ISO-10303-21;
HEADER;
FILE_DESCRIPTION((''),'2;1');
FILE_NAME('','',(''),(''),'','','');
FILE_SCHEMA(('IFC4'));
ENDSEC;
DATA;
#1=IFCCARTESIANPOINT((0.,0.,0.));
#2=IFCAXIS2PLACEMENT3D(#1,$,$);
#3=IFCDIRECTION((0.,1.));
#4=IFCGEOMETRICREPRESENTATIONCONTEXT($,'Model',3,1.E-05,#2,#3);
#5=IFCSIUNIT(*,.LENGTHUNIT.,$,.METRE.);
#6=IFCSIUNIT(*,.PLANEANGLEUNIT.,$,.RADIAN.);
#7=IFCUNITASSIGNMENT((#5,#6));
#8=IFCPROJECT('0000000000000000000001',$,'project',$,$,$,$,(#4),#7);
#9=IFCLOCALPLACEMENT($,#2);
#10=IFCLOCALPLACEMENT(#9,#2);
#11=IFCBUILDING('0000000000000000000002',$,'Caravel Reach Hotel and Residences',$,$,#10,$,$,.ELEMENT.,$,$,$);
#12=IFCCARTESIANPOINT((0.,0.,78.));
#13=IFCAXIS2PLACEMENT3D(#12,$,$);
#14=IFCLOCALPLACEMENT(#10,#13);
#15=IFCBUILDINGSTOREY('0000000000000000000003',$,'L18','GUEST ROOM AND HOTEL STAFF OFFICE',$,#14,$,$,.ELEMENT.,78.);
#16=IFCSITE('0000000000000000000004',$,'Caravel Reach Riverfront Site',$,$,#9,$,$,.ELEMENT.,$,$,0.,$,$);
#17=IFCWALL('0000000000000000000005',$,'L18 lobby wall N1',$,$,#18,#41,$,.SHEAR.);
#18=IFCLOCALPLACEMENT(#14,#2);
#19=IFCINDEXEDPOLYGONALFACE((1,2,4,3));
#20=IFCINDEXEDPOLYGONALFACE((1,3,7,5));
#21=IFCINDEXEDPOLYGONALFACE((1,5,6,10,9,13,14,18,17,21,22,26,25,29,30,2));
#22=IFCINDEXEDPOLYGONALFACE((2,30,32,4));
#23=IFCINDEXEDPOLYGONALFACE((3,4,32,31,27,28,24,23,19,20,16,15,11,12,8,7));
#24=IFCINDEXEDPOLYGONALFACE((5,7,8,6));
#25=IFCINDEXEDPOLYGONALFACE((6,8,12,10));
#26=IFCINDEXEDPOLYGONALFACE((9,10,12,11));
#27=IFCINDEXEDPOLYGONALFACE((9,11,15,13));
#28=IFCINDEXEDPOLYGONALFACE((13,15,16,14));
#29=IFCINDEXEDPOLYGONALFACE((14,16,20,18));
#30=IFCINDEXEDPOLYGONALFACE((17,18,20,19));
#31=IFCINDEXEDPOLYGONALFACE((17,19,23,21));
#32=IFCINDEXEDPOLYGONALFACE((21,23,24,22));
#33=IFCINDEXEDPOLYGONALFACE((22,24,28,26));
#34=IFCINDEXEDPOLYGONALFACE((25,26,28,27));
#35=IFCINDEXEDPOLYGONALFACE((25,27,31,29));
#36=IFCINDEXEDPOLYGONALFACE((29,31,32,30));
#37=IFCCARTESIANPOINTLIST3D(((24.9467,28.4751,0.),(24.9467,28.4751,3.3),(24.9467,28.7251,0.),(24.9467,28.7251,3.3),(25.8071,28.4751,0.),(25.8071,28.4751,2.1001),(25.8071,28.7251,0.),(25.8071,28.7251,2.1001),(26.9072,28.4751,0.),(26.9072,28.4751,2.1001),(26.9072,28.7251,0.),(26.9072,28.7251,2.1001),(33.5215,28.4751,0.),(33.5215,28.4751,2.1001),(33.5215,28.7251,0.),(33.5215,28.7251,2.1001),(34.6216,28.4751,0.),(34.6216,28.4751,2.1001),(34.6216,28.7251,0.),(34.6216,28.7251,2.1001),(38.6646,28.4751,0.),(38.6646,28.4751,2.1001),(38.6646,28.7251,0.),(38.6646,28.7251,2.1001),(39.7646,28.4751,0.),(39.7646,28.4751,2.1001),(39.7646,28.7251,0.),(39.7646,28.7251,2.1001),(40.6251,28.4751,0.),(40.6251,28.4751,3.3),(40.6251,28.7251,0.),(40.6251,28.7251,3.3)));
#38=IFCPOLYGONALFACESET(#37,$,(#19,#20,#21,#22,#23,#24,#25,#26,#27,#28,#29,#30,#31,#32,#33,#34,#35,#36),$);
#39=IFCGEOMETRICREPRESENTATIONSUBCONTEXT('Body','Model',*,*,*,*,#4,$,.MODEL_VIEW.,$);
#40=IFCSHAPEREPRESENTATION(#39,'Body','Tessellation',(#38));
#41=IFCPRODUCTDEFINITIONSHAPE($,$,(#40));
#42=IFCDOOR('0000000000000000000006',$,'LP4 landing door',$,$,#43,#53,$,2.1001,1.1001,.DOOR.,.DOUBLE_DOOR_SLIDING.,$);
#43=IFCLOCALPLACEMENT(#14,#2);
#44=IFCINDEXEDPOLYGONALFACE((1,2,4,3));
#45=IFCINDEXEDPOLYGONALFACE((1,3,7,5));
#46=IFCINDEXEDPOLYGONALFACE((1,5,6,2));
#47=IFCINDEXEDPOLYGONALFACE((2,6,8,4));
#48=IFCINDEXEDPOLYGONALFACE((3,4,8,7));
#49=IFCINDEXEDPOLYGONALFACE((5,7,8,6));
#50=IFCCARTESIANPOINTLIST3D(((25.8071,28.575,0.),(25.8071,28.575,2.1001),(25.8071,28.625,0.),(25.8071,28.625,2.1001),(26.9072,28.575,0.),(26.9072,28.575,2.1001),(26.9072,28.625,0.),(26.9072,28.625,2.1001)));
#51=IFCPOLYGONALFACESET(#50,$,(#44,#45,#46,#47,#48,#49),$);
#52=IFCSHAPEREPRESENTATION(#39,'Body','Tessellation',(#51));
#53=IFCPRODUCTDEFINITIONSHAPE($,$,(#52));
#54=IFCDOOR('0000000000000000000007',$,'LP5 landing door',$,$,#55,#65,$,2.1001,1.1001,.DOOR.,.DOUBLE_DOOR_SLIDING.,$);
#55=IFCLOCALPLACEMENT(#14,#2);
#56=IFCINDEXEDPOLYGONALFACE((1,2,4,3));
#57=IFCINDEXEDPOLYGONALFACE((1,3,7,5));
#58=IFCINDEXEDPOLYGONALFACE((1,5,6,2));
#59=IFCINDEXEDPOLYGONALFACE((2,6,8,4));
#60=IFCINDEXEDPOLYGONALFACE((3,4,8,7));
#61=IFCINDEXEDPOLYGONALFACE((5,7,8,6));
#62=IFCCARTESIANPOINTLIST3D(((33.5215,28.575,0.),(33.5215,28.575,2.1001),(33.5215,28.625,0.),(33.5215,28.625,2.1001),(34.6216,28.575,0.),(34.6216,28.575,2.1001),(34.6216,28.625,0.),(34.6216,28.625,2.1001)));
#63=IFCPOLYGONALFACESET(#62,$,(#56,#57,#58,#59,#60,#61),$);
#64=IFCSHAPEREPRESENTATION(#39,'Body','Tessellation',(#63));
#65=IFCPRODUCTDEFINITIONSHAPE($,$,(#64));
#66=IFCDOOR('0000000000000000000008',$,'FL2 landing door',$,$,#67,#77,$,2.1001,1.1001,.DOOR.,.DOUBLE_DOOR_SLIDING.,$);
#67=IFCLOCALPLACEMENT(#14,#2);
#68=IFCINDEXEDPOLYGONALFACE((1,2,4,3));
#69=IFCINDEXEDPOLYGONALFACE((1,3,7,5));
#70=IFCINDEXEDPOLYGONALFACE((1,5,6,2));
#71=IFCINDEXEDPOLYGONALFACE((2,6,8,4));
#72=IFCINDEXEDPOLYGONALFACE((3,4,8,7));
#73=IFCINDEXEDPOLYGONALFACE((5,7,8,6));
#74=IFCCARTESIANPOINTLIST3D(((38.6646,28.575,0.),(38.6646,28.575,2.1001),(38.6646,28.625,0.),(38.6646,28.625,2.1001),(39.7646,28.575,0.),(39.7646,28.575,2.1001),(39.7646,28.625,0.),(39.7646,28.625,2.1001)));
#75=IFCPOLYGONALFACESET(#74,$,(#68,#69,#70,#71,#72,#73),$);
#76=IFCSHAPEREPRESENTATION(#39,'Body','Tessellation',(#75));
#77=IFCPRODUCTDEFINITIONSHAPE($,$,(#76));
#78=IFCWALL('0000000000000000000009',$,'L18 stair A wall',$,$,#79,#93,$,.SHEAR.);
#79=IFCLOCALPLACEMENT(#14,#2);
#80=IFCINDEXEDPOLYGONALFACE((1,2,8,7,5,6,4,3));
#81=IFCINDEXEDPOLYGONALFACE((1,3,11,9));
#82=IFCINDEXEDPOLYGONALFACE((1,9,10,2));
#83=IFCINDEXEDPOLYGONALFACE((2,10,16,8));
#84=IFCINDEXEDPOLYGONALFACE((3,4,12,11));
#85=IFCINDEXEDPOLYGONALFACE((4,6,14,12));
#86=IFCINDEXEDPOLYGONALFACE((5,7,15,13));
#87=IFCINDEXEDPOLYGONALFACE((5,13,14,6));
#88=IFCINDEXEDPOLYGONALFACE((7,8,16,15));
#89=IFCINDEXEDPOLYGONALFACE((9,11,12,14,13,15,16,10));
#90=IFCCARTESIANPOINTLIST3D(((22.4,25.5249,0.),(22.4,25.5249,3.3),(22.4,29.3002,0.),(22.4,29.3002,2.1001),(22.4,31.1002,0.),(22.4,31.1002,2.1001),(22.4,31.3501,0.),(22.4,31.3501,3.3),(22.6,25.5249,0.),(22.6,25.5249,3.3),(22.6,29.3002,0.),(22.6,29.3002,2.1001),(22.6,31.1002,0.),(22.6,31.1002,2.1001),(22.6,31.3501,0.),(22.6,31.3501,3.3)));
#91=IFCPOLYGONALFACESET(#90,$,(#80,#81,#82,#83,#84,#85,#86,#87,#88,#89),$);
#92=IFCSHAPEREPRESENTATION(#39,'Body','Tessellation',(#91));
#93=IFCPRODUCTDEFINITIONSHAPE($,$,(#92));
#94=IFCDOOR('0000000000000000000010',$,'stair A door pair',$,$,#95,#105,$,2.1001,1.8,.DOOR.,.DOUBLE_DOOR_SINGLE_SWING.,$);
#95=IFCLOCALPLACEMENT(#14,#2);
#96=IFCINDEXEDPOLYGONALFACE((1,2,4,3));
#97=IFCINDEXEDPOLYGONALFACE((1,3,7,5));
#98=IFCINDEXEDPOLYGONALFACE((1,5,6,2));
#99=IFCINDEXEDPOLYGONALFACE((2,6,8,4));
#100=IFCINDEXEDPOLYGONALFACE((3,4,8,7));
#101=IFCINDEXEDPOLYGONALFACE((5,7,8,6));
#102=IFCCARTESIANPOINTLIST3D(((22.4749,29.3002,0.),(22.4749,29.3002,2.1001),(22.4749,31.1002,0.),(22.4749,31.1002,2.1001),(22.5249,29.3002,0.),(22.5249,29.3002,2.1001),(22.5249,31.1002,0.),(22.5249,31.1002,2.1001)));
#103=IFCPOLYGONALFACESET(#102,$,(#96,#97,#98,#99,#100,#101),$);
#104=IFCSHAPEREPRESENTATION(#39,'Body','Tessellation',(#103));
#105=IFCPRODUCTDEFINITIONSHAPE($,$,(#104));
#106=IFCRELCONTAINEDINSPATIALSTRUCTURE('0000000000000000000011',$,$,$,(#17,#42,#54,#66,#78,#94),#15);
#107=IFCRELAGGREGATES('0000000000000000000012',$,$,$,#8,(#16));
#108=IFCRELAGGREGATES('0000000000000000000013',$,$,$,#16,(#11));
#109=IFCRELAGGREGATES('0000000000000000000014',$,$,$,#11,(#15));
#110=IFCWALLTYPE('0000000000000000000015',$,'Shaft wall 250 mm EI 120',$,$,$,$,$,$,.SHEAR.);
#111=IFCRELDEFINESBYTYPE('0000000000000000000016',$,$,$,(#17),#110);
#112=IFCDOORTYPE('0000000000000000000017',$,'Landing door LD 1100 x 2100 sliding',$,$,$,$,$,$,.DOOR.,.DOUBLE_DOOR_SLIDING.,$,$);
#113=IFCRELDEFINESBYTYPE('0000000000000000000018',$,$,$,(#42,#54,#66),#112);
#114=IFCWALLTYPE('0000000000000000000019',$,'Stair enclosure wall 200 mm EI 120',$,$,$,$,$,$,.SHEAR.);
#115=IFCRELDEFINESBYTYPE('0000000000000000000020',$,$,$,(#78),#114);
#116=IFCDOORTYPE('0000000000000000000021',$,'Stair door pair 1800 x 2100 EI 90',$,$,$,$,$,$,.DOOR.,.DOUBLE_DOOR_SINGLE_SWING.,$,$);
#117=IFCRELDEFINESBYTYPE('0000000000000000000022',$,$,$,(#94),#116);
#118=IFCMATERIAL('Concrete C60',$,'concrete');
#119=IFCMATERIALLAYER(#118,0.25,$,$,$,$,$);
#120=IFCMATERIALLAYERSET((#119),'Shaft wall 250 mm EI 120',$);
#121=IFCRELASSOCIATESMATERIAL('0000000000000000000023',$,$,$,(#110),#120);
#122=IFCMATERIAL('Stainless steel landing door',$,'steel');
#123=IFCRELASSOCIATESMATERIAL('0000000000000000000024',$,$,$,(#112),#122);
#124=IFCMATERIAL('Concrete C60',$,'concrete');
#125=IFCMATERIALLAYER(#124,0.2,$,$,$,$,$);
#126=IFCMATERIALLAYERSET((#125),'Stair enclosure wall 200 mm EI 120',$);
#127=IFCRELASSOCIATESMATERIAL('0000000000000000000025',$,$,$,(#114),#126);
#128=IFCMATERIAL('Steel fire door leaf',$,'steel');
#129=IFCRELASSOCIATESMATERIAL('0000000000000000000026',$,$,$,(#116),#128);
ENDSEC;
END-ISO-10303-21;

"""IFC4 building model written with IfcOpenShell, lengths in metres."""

from ifc_helpers import new_model, si_unit, direction, frame, frame_2d, origin, place, context, subcontext, project, spatial, rectangle, extrude, material, layer, layer_set, type_object, element, fill, save


model = new_model("IFC4")

# Units and contexts
model_context = context("Model", 3, precision=1e-05, world=origin(), true_north=direction((0.0, 1.0)))
body_context = subcontext(model_context, "Body", "Model", "MODEL_VIEW")
ifc_project = project(units=[si_unit("LENGTHUNIT", "METRE"), si_unit("PLANEANGLEUNIT", "RADIAN")], contexts=[model_context])

# Site, building, storey
site_placement = place(None, origin())
site = spatial("IfcSite", under=ifc_project, at=site_placement, Name="Caravel Reach Riverfront Site", CompositionType="ELEMENT", RefElevation=0.0)
building_placement = place(site_placement, origin())
building = spatial("IfcBuilding", under=site, at=building_placement, Name="Caravel Reach Hotel and Residences", CompositionType="ELEMENT")
storey_placement = place(building_placement, frame((0.0, 0.0, 78.0)))
storey = spatial("IfcBuildingStorey", under=building, at=storey_placement, Name="L18", Description="GUEST ROOM AND HOTEL STAFF OFFICE", CompositionType="ELEMENT", Elevation=78.0)

# Wall, openings, doors
ifc_material_1 = material(Name="Concrete C60", Category="concrete")
ifc_layer_1 = layer(ifc_material_1, 0.25)
ifc_layer_set_1 = layer_set([ifc_layer_1], Name="Shaft wall 250 mm EI 120")
wall_type_1 = type_object("IfcWallType", Name="Shaft wall 250 mm EI 120", PredefinedType="SHEAR", material=ifc_layer_set_1)
wall_1_placement = place(storey_placement, frame((24.9465, 28.6001, 0.0), z_axis=(0.0, 0.0, 1.0), x_axis=(1.0, 0.0, 0.0)))
wall_1 = element("IfcWall", 1, at=wall_1_placement, inside=storey, type_object=wall_type_1, Name="L18 lobby wall N1", PredefinedType="SHEAR", context=body_context, shape_type="SweptSolid", body=[
    extrude(rectangle(XDim=15.6785, YDim=0.25, at=frame_2d((7.8394, 0.0))), origin(), (0.0, 0.0, 1.0), 3.3),
])
opening_1_placement = place(wall_1_placement, frame((0.8606, 0.0, 0.0)))
opening_1 = element("IfcOpeningElement", 2, at=opening_1_placement, cuts=wall_1, PredefinedType="OPENING", context=body_context, shape_type="SweptSolid", body=[
    extrude(rectangle(XDim=1.1001, YDim=2.1001, at=frame_2d((0.55, 1.05))), frame((0.0, 0.135, 0.0), z_axis=(0.0, -1.0, 0.0), x_axis=(1.0, 0.0, 0.0)), (0.0, 0.0, 1.0), 0.27),
])
opening_2_placement = place(wall_1_placement, frame((8.575, 0.0, 0.0)))
opening_2 = element("IfcOpeningElement", 3, at=opening_2_placement, cuts=wall_1, PredefinedType="OPENING", context=body_context, shape_type="SweptSolid", body=[
    extrude(rectangle(XDim=1.1001, YDim=2.1001, at=frame_2d((0.55, 1.05))), frame((0.0, 0.135, 0.0), z_axis=(0.0, -1.0, 0.0), x_axis=(1.0, 0.0, 0.0)), (0.0, 0.0, 1.0), 0.27),
])
opening_3_placement = place(wall_1_placement, frame((13.718, 0.0, 0.0)))
opening_3 = element("IfcOpeningElement", 4, at=opening_3_placement, cuts=wall_1, PredefinedType="OPENING", context=body_context, shape_type="SweptSolid", body=[
    extrude(rectangle(XDim=1.1001, YDim=2.1001, at=frame_2d((0.55, 1.05))), frame((0.0, 0.135, 0.0), z_axis=(0.0, -1.0, 0.0), x_axis=(1.0, 0.0, 0.0)), (0.0, 0.0, 1.0), 0.27),
])
ifc_material_2 = material(Name="Stainless steel landing door", Category="steel")
door_type_1 = type_object("IfcDoorType", Name="Landing door LD 1100 x 2100 sliding", OperationType="DOUBLE_DOOR_SLIDING", PredefinedType="DOOR", material=ifc_material_2)
door_1_placement = place(opening_1_placement, origin())
door_1 = element("IfcDoor", 5, at=door_1_placement, inside=storey, type_object=door_type_1, Name="LP4 landing door", OperationType="DOUBLE_DOOR_SLIDING", OverallHeight=2.1001, OverallWidth=1.1001, PredefinedType="DOOR", context=body_context, shape_type="SweptSolid", body=[
    extrude(rectangle(XDim=1.1001, YDim=2.1001, at=frame_2d((0.55, 1.05))), frame((0.0, 0.0249, 0.0), z_axis=(0.0, -1.0, 0.0), x_axis=(1.0, 0.0, 0.0)), (0.0, 0.0, 1.0), 0.05),
])
fill(opening_1, door_1)
door_2_placement = place(opening_2_placement, origin())
door_2 = element("IfcDoor", 6, at=door_2_placement, inside=storey, type_object=door_type_1, Name="LP5 landing door", OperationType="DOUBLE_DOOR_SLIDING", OverallHeight=2.1001, OverallWidth=1.1001, PredefinedType="DOOR", context=body_context, shape_type="SweptSolid", body=[
    extrude(rectangle(XDim=1.1001, YDim=2.1001, at=frame_2d((0.55, 1.05))), frame((0.0, 0.0249, 0.0), z_axis=(0.0, -1.0, 0.0), x_axis=(1.0, 0.0, 0.0)), (0.0, 0.0, 1.0), 0.05),
])
fill(opening_2, door_2)
door_3_placement = place(opening_3_placement, origin())
door_3 = element("IfcDoor", 7, at=door_3_placement, inside=storey, type_object=door_type_1, Name="FL2 landing door", OperationType="DOUBLE_DOOR_SLIDING", OverallHeight=2.1001, OverallWidth=1.1001, PredefinedType="DOOR", context=body_context, shape_type="SweptSolid", body=[
    extrude(rectangle(XDim=1.1001, YDim=2.1001, at=frame_2d((0.55, 1.05))), frame((0.0, 0.0249, 0.0), z_axis=(0.0, -1.0, 0.0), x_axis=(1.0, 0.0, 0.0)), (0.0, 0.0, 1.0), 0.05),
])
fill(opening_3, door_3)

# Wall, opening, door
ifc_material_3 = material(Name="Concrete C60", Category="concrete")
ifc_layer_2 = layer(ifc_material_3, 0.2)
ifc_layer_set_2 = layer_set([ifc_layer_2], Name="Stair enclosure wall 200 mm EI 120")
wall_type_2 = type_object("IfcWallType", Name="Stair enclosure wall 200 mm EI 120", PredefinedType="SHEAR", material=ifc_layer_set_2)
wall_2_placement = place(storey_placement, frame((22.5, 31.3501, 0.0), z_axis=(0.0, 0.0, 1.0), x_axis=(0.0, -1.0, 0.0)))
wall_2 = element("IfcWall", 8, at=wall_2_placement, inside=storey, type_object=wall_type_2, Name="L18 stair A wall", PredefinedType="SHEAR", context=body_context, shape_type="SweptSolid", body=[
    extrude(rectangle(XDim=5.8252, YDim=0.2, at=frame_2d((2.9126, 0.0))), origin(), (0.0, 0.0, 1.0), 3.3),
])
opening_4_placement = place(wall_2_placement, frame((0.25, 0.0, 0.0)))
opening_4 = element("IfcOpeningElement", 9, at=opening_4_placement, cuts=wall_2, PredefinedType="OPENING", context=body_context, shape_type="SweptSolid", body=[
    extrude(rectangle(XDim=1.8, YDim=2.1001, at=frame_2d((0.8999, 1.05))), frame((0.0, 0.1099, 0.0), z_axis=(0.0, -1.0, 0.0), x_axis=(1.0, 0.0, 0.0)), (0.0, 0.0, 1.0), 0.22),
])
ifc_material_4 = material(Name="Steel fire door leaf", Category="steel")
door_type_2 = type_object("IfcDoorType", Name="Stair door pair 1800 x 2100 EI 90", OperationType="DOUBLE_DOOR_SINGLE_SWING", PredefinedType="DOOR", material=ifc_material_4)
door_4_placement = place(opening_4_placement, origin())
door_4 = element("IfcDoor", 10, at=door_4_placement, inside=storey, type_object=door_type_2, Name="stair A door pair", OperationType="DOUBLE_DOOR_SINGLE_SWING", OverallHeight=2.1001, OverallWidth=1.8, PredefinedType="DOOR", context=body_context, shape_type="SweptSolid", body=[
    extrude(rectangle(XDim=1.8, YDim=2.1001, at=frame_2d((0.8999, 1.05))), frame((0.0, 0.0249, 0.0), z_axis=(0.0, -1.0, 0.0), x_axis=(1.0, 0.0, 0.0)), (0.0, 0.0, 1.0), 0.05),
])
fill(opening_4, door_4)

save(model, "model.ifc")
